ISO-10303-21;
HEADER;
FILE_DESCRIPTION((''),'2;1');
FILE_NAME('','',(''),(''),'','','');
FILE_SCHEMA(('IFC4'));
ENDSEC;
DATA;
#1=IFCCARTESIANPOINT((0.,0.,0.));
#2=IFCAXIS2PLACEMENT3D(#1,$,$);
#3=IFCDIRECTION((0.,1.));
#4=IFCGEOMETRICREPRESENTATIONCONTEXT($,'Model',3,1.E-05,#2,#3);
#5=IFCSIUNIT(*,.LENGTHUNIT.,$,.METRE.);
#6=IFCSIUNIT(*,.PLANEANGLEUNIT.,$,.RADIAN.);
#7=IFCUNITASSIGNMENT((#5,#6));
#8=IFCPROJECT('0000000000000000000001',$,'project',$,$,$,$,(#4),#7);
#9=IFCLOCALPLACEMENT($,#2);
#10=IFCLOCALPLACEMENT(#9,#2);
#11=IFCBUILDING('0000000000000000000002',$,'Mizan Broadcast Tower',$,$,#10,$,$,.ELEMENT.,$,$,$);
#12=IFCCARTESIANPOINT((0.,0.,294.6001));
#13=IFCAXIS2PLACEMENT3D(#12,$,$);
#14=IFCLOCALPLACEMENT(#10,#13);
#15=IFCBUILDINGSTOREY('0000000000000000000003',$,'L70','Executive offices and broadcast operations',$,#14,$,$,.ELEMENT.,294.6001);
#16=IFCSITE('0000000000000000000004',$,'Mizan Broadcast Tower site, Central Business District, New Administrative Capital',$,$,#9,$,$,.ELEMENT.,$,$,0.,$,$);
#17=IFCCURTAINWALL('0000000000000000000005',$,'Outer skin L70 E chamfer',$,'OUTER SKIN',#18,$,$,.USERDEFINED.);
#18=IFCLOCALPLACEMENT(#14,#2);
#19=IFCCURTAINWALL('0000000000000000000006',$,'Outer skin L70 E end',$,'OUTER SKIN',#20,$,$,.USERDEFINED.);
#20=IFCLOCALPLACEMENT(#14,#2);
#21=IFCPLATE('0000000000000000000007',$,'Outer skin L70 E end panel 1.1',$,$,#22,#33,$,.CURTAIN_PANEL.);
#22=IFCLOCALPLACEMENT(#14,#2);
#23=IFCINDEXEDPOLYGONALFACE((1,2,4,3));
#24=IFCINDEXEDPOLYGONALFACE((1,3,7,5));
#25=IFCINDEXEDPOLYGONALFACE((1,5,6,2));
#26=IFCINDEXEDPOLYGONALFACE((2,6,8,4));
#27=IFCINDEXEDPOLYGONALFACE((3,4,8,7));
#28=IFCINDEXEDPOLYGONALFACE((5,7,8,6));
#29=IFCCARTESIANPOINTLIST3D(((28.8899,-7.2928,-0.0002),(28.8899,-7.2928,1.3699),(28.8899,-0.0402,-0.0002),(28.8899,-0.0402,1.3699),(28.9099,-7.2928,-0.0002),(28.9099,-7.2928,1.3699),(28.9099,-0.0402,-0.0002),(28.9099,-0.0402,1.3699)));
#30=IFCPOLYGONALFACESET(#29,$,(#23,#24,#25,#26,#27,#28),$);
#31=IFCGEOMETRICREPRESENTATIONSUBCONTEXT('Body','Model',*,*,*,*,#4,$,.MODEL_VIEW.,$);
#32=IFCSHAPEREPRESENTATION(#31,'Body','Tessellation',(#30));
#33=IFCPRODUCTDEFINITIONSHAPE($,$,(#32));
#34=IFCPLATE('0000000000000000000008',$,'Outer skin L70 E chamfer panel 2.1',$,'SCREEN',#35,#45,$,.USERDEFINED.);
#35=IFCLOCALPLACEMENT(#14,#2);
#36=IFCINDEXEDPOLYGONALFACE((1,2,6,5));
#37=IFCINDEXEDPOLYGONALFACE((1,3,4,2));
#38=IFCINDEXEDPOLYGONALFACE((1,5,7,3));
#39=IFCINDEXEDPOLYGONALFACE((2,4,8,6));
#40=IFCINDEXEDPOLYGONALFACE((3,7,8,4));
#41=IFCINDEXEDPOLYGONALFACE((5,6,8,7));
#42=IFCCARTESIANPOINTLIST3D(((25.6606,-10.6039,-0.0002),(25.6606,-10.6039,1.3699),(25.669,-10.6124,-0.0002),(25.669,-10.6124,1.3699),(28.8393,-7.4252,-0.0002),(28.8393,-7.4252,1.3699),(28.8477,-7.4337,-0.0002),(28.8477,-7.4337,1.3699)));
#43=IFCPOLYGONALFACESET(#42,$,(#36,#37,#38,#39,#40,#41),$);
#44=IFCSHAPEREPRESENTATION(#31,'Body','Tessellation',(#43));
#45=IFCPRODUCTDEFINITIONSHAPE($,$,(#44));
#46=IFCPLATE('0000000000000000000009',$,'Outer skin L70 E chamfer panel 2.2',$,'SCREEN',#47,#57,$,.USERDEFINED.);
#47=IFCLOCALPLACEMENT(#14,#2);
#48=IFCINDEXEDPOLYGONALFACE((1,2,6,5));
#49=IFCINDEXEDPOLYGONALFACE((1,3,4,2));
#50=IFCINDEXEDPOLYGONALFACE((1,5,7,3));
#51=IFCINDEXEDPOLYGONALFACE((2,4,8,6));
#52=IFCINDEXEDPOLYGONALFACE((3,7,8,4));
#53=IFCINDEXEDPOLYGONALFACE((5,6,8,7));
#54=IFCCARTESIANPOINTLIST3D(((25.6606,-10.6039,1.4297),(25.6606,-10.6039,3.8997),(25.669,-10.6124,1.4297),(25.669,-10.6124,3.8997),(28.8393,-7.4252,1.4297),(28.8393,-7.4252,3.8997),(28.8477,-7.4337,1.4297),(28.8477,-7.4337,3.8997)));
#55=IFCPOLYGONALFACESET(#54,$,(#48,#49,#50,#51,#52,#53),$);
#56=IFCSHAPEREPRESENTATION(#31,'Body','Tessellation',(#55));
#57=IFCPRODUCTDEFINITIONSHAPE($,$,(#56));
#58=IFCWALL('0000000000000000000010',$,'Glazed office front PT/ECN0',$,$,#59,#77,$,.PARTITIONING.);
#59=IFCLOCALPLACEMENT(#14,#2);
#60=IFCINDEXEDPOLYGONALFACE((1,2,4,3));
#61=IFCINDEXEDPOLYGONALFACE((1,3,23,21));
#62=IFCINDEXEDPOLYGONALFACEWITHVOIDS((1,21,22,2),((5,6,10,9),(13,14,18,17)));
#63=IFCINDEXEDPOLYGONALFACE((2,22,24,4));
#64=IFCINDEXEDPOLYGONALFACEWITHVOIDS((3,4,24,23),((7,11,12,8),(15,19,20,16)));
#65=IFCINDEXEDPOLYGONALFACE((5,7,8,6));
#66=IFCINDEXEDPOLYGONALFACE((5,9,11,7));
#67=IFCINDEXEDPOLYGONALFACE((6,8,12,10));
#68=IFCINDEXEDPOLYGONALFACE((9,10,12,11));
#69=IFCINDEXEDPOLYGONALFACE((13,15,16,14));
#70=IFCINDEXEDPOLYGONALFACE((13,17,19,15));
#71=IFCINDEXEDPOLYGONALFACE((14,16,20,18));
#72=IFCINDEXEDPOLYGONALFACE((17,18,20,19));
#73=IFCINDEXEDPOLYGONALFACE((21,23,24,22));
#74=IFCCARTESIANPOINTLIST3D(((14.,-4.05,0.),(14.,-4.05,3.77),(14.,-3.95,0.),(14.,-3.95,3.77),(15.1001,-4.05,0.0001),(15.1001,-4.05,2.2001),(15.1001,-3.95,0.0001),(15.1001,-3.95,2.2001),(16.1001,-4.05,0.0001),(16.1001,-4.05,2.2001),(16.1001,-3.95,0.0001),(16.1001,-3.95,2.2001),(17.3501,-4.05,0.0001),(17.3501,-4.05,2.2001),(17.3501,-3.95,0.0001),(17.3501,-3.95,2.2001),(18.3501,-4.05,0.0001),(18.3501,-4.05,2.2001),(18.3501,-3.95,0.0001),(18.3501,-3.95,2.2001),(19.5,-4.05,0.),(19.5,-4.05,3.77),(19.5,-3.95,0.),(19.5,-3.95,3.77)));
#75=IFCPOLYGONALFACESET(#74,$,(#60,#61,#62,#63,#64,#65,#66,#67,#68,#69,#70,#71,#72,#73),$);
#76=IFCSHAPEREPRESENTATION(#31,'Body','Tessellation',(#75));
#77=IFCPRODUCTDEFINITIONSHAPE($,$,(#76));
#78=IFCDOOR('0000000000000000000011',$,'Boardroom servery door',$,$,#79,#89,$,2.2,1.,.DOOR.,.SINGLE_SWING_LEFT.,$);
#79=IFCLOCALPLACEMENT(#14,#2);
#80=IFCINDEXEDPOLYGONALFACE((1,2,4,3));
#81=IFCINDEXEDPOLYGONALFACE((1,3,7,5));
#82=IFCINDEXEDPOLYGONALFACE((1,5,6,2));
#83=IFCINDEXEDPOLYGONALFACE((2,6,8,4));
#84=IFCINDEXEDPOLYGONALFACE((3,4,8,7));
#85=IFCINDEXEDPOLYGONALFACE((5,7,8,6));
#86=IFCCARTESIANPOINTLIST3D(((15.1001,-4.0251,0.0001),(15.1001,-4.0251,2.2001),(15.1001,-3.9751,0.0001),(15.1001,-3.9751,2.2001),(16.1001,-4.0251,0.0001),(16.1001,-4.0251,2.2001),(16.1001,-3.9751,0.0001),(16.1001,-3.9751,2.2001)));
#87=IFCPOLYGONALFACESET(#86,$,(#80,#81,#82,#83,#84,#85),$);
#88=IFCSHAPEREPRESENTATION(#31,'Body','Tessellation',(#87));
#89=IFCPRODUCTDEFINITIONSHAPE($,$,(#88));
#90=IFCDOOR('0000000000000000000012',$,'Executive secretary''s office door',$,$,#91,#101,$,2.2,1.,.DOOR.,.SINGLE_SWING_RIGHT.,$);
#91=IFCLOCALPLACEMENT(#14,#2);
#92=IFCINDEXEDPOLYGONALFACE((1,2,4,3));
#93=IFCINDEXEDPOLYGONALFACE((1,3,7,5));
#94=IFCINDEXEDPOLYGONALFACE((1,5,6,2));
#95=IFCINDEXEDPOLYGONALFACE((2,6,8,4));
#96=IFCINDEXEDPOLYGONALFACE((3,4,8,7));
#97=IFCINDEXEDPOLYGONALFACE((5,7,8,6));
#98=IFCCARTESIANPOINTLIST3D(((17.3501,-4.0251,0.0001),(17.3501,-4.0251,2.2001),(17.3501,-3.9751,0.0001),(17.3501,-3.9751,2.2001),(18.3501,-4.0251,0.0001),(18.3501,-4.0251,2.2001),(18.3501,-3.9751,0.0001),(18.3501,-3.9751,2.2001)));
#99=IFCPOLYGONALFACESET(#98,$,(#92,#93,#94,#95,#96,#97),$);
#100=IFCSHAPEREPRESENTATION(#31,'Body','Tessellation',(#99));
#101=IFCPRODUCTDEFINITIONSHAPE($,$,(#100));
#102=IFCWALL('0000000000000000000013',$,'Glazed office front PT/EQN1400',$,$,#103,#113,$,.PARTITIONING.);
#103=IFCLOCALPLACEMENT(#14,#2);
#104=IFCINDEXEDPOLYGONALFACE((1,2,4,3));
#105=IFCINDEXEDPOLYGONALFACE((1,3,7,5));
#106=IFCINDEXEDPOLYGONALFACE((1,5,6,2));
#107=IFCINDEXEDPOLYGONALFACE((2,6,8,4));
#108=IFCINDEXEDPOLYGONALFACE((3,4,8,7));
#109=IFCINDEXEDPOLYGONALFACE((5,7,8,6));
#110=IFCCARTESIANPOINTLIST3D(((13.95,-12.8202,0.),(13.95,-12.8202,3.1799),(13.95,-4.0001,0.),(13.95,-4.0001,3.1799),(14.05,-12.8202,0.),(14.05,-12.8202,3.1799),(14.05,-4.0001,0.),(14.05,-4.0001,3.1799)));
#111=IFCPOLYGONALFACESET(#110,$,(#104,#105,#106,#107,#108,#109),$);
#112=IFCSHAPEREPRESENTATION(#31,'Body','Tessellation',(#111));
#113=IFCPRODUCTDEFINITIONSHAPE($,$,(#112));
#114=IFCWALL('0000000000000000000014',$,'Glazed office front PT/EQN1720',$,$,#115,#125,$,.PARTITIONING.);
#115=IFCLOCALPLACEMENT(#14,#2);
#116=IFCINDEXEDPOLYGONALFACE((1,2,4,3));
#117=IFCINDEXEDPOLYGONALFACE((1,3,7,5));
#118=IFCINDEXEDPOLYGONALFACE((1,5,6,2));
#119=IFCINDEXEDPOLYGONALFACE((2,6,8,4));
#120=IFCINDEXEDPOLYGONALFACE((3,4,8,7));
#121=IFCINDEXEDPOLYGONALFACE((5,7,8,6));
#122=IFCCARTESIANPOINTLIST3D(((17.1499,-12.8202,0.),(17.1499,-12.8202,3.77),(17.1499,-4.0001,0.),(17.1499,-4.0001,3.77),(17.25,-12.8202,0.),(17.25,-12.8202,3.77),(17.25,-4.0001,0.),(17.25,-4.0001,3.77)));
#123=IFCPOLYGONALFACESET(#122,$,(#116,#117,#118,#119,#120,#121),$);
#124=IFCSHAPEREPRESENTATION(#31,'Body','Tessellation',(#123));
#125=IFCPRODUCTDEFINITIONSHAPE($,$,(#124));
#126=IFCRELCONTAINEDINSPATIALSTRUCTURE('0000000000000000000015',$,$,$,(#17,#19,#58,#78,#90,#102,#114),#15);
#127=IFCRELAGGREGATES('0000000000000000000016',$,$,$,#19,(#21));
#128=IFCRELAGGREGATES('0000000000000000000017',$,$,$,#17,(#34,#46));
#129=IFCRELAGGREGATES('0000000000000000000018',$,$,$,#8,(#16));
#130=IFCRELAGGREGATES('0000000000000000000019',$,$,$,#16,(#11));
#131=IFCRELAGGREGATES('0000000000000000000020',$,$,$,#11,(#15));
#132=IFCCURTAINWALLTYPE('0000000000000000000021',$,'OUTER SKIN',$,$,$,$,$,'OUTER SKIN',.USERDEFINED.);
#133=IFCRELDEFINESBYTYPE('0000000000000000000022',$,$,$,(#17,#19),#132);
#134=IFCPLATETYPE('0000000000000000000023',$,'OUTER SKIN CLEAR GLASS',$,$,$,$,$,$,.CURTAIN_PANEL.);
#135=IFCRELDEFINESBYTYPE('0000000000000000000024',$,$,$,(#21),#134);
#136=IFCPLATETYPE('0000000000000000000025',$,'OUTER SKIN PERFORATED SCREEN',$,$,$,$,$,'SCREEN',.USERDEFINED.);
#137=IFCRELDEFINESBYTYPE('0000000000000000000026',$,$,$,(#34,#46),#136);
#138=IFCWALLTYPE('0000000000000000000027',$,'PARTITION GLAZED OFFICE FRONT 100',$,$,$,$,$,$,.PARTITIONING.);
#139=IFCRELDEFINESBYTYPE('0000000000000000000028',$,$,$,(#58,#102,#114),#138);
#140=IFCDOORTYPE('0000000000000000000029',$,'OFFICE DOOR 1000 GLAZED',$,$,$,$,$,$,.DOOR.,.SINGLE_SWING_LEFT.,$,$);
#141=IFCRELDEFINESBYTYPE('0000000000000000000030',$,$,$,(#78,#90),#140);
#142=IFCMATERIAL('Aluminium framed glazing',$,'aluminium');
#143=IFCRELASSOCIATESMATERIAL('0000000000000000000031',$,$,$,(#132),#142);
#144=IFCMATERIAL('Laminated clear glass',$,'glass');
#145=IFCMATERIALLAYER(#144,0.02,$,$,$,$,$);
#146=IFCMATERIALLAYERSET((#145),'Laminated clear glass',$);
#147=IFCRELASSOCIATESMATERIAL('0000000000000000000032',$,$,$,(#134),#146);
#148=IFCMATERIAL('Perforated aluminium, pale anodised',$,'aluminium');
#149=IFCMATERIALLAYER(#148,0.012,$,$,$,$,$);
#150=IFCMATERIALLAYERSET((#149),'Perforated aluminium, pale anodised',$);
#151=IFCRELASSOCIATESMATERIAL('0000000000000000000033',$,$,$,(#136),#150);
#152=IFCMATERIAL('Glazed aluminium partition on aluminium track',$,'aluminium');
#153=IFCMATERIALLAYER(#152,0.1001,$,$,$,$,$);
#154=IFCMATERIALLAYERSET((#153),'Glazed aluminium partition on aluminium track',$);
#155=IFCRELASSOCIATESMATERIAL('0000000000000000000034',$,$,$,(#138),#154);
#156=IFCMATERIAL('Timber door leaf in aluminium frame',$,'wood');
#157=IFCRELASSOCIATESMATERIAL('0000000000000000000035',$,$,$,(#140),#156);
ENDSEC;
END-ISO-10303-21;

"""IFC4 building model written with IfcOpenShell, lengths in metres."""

from ifc_helpers import new_model, si_unit, direction, frame, frame_2d, origin, origin_2d, place, context, subcontext, project, spatial, rectangle, extrude, material, layer, layer_set, type_object, element, fill, aggregate, save


model = new_model("IFC4")

# Units and contexts
model_context = context("Model", 3, precision=1e-05, world=origin(), true_north=direction((0.0, 1.0)))
body_context = subcontext(model_context, "Body", "Model", "MODEL_VIEW")
ifc_project = project(units=[si_unit("LENGTHUNIT", "METRE"), si_unit("PLANEANGLEUNIT", "RADIAN")], contexts=[model_context])

# Site, building, storey
site_placement = place(None, origin())
site = spatial("IfcSite", under=ifc_project, at=site_placement, Name="Mizan Broadcast Tower site, Central Business District, New Administrative Capital", CompositionType="ELEMENT", RefElevation=0.0)
building_placement = place(site_placement, origin())
building = spatial("IfcBuilding", under=site, at=building_placement, Name="Mizan Broadcast Tower", CompositionType="ELEMENT")
storey_placement = place(building_placement, frame((0.0, 0.0, 294.6001)))
storey = spatial("IfcBuildingStorey", under=building, at=storey_placement, Name="L70", Description="Executive offices and broadcast operations", CompositionType="ELEMENT", Elevation=294.6001)

# Curtain wall
ifc_material_1 = material(Name="Aluminium framed glazing", Category="aluminium")
curtain_wall_type_1 = type_object("IfcCurtainWallType", Name="OUTER SKIN", ElementType="OUTER SKIN", PredefinedType="USERDEFINED", material=ifc_material_1)
curtain_wall_1_placement = place(storey_placement, origin())
curtain_wall_1 = element("IfcCurtainWall", 1, at=curtain_wall_1_placement, inside=storey, type_object=curtain_wall_type_1, Name="Outer skin L70 E chamfer", ObjectType="OUTER SKIN", PredefinedType="USERDEFINED")

# Curtain wall
curtain_wall_2_placement = place(storey_placement, origin())
curtain_wall_2 = element("IfcCurtainWall", 2, at=curtain_wall_2_placement, inside=storey, type_object=curtain_wall_type_1, Name="Outer skin L70 E end", ObjectType="OUTER SKIN", PredefinedType="USERDEFINED")

# Plates
ifc_material_2 = material(Name="Laminated clear glass", Category="glass")
ifc_layer_1 = layer(ifc_material_2, 0.02)
ifc_layer_set_1 = layer_set([ifc_layer_1], Name="Laminated clear glass")
plate_type_1 = type_object("IfcPlateType", Name="OUTER SKIN CLEAR GLASS", PredefinedType="CURTAIN_PANEL", material=ifc_layer_set_1)
plate_1_placement = place(storey_placement, frame((28.8999, -3.6665, -0.0002), z_axis=(0.0, 0.0, 1.0), x_axis=(0.0, 1.0, 0.0)))
plate_1 = element("IfcPlate", 3, at=plate_1_placement, type_object=plate_type_1, Name="Outer skin L70 E end panel 1.1", PredefinedType="CURTAIN_PANEL", context=body_context, shape_type="SweptSolid", body=[
    extrude(rectangle(XDim=7.2527, YDim=0.02, at=origin_2d()), origin(), (0.0, 0.0, 1.0), 1.3701),
])
aggregate(curtain_wall_2, [plate_1])
ifc_material_3 = material(Name="Perforated aluminium, pale anodised", Category="aluminium")
ifc_layer_2 = layer(ifc_material_3, 0.012)
ifc_layer_set_2 = layer_set([ifc_layer_2], Name="Perforated aluminium, pale anodised")
plate_type_2 = type_object("IfcPlateType", Name="OUTER SKIN PERFORATED SCREEN", ElementType="SCREEN", PredefinedType="USERDEFINED", material=ifc_layer_set_2)
plate_2_placement = place(storey_placement, frame((27.2542, -9.0188, -0.0002), z_axis=(0.0, 0.0, 1.0), x_axis=(0.707107, 0.707107, 0.0)))
plate_2 = element("IfcPlate", 4, at=plate_2_placement, type_object=plate_type_2, Name="Outer skin L70 E chamfer panel 2.1", ObjectType="SCREEN", PredefinedType="USERDEFINED", context=body_context, shape_type="SweptSolid", body=[
    extrude(rectangle(XDim=4.4954, YDim=0.012, at=origin_2d()), origin(), (0.0, 0.0, 1.0), 1.3701),
])
plate_3_placement = place(storey_placement, frame((27.2542, -9.0188, 1.4297), z_axis=(0.0, 0.0, 1.0), x_axis=(0.707107, 0.707107, 0.0)))
plate_3 = element("IfcPlate", 5, at=plate_3_placement, type_object=plate_type_2, Name="Outer skin L70 E chamfer panel 2.2", ObjectType="SCREEN", PredefinedType="USERDEFINED", context=body_context, shape_type="SweptSolid", body=[
    extrude(rectangle(XDim=4.4954, YDim=0.012, at=origin_2d()), origin(), (0.0, 0.0, 1.0), 2.47),
])
aggregate(curtain_wall_1, [plate_2, plate_3])

# Wall, openings, doors
ifc_material_4 = material(Name="Glazed aluminium partition on aluminium track", Category="aluminium")
ifc_layer_3 = layer(ifc_material_4, 0.1001)
ifc_layer_set_3 = layer_set([ifc_layer_3], Name="Glazed aluminium partition on aluminium track")
wall_type = type_object("IfcWallType", Name="PARTITION GLAZED OFFICE FRONT 100", PredefinedType="PARTITIONING", material=ifc_layer_set_3)
wall_1_placement = place(storey_placement, frame((14.0, -4.0, 0.0), z_axis=(0.0, 0.0, 1.0), x_axis=(1.0, 0.0, 0.0)))
wall_1 = element("IfcWall", 6, at=wall_1_placement, inside=storey, type_object=wall_type, Name="Glazed office front PT/ECN0", PredefinedType="PARTITIONING", context=body_context, shape_type="SweptSolid", body=[
    extrude(rectangle(XDim=5.5, YDim=0.1001, at=frame_2d((2.75, 0.0))), origin(), (0.0, 0.0, 1.0), 3.77),
])
opening_1_placement = place(wall_1_placement, frame((1.1001, 0.0, 0.0)))
opening_1 = element("IfcOpeningElement", 7, at=opening_1_placement, cuts=wall_1, PredefinedType="OPENING", context=body_context, shape_type="SweptSolid", body=[
    extrude(rectangle(XDim=1.0, YDim=2.2, at=frame_2d((0.5, 1.1001))), frame((0.0, 0.0601, 0.0), z_axis=(0.0, -1.0, 0.0), x_axis=(1.0, 0.0, 0.0)), (0.0, 0.0, 1.0), 0.1201),
])
opening_2_placement = place(wall_1_placement, frame((3.3501, 0.0, 0.0)))
opening_2 = element("IfcOpeningElement", 8, at=opening_2_placement, cuts=wall_1, PredefinedType="OPENING", context=body_context, shape_type="SweptSolid", body=[
    extrude(rectangle(XDim=1.0, YDim=2.2, at=frame_2d((0.5, 1.1001))), frame((0.0, 0.0601, 0.0), z_axis=(0.0, -1.0, 0.0), x_axis=(1.0, 0.0, 0.0)), (0.0, 0.0, 1.0), 0.1201),
])
ifc_material_5 = material(Name="Timber door leaf in aluminium frame", Category="wood")
door_type = type_object("IfcDoorType", Name="OFFICE DOOR 1000 GLAZED", OperationType="SINGLE_SWING_LEFT", PredefinedType="DOOR", material=ifc_material_5)
door_1_placement = place(opening_1_placement, origin())
door_1 = element("IfcDoor", 9, at=door_1_placement, inside=storey, type_object=door_type, Name="Boardroom servery door", OperationType="SINGLE_SWING_LEFT", OverallHeight=2.2, OverallWidth=1.0, PredefinedType="DOOR", context=body_context, shape_type="SweptSolid", body=[
    extrude(rectangle(XDim=1.0, YDim=2.2, at=frame_2d((0.5, 1.1001))), frame((0.0, 0.0249, 0.0), z_axis=(0.0, -1.0, 0.0), x_axis=(1.0, 0.0, 0.0)), (0.0, 0.0, 1.0), 0.05),
])
fill(opening_1, door_1)
door_2_placement = place(opening_2_placement, origin())
door_2 = element("IfcDoor", 10, at=door_2_placement, inside=storey, type_object=door_type, Name="Executive secretary's office door", OperationType="SINGLE_SWING_RIGHT", OverallHeight=2.2, OverallWidth=1.0, PredefinedType="DOOR", context=body_context, shape_type="SweptSolid", body=[
    extrude(rectangle(XDim=1.0, YDim=2.2, at=frame_2d((0.5, 1.1001))), frame((0.0, 0.0249, 0.0), z_axis=(0.0, -1.0, 0.0), x_axis=(1.0, 0.0, 0.0)), (0.0, 0.0, 1.0), 0.05),
])
fill(opening_2, door_2)

# Walls
wall_2_placement = place(storey_placement, frame((14.0, -4.0, 0.0), z_axis=(0.0, 0.0, 1.0), x_axis=(0.0, -1.0, 0.0)))
element("IfcWall", 11, at=wall_2_placement, inside=storey, type_object=wall_type, Name="Glazed office front PT/EQN1400", PredefinedType="PARTITIONING", context=body_context, shape_type="SweptSolid", body=[
    extrude(rectangle(XDim=8.8201, YDim=0.1001, at=frame_2d((4.4102, 0.0))), origin(), (0.0, 0.0, 1.0), 3.1799),
])
wall_3_placement = place(storey_placement, frame((17.2, -4.0, 0.0), z_axis=(0.0, 0.0, 1.0), x_axis=(0.0, -1.0, 0.0)))
element("IfcWall", 12, at=wall_3_placement, inside=storey, type_object=wall_type, Name="Glazed office front PT/EQN1720", PredefinedType="PARTITIONING", context=body_context, shape_type="SweptSolid", body=[
    extrude(rectangle(XDim=8.8201, YDim=0.1001, at=frame_2d((4.4102, 0.0))), origin(), (0.0, 0.0, 1.0), 3.77),
])

save(model, "model.ifc")
